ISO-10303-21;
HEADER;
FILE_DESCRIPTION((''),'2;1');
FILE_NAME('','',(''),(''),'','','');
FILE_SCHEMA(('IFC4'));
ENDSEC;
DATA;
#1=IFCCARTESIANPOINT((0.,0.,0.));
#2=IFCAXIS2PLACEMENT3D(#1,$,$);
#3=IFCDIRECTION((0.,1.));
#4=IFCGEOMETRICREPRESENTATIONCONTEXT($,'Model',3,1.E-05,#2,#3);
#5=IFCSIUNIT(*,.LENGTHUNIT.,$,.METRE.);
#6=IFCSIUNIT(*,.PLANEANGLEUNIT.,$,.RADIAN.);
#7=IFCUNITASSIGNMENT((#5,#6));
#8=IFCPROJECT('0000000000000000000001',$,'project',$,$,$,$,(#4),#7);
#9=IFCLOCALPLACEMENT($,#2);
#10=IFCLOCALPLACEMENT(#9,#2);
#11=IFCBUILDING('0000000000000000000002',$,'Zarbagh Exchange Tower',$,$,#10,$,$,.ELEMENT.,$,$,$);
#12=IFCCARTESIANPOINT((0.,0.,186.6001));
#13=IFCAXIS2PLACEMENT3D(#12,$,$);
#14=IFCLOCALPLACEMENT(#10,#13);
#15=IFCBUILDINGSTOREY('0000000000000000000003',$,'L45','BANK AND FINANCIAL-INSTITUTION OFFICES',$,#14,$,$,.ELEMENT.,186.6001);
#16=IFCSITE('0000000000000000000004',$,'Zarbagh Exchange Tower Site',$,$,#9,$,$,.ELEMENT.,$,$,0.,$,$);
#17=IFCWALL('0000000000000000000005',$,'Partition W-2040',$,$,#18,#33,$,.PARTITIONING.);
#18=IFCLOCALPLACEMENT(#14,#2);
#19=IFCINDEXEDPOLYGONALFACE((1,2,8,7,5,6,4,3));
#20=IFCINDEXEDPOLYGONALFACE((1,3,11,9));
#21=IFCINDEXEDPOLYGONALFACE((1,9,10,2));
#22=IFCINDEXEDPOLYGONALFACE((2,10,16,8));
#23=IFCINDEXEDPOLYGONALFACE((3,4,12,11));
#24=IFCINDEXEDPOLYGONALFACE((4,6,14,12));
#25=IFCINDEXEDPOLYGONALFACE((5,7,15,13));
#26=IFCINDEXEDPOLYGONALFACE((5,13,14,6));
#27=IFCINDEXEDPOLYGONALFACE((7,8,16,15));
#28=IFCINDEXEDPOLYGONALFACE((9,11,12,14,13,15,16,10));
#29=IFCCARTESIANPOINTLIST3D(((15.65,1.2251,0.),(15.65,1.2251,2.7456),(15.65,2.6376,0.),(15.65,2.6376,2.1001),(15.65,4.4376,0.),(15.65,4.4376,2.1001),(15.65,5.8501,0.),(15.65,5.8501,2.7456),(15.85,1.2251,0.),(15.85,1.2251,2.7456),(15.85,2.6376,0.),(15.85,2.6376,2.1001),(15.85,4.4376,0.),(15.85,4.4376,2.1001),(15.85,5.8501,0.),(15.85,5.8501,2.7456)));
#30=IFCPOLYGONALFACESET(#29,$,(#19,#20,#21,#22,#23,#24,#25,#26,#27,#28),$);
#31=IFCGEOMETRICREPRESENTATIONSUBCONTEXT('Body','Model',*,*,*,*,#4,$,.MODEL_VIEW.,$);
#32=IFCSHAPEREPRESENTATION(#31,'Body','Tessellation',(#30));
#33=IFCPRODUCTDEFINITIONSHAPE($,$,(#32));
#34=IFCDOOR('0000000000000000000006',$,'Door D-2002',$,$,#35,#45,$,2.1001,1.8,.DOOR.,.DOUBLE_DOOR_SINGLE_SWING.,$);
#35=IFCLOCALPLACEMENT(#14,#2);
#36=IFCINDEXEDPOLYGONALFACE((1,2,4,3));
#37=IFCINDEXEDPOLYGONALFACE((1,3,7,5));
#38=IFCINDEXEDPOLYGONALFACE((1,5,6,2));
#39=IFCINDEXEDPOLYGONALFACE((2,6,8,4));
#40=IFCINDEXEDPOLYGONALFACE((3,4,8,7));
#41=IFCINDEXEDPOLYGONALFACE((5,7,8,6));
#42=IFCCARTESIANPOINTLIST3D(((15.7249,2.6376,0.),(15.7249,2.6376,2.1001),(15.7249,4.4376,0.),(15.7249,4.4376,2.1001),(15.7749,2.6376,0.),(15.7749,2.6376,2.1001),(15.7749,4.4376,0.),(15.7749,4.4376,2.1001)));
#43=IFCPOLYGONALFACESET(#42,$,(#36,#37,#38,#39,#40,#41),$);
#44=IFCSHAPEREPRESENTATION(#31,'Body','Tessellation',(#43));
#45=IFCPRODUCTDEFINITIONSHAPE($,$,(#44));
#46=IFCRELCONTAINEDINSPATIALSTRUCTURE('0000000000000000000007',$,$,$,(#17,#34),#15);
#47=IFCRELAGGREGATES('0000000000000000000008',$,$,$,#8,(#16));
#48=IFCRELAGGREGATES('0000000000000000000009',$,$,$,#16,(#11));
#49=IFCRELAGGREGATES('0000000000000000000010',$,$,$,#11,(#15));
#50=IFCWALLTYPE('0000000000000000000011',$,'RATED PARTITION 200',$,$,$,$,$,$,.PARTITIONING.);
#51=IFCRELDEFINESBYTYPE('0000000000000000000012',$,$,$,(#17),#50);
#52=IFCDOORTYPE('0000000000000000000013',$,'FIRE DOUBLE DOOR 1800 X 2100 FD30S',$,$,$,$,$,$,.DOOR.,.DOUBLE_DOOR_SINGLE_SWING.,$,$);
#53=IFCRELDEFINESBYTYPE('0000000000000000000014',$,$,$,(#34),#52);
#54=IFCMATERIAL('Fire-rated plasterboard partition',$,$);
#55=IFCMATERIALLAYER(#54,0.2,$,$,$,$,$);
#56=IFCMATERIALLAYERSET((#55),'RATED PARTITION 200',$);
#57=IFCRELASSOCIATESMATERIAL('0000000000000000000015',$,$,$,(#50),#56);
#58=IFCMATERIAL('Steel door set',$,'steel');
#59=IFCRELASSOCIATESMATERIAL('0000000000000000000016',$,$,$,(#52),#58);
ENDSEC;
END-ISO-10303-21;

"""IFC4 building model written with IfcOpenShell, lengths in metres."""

from ifc_helpers import new_model, si_unit, direction, frame, frame_2d, origin, place, context, subcontext, project, spatial, rectangle, extrude, material, layer, layer_set, type_object, element, fill, save


model = new_model("IFC4")

# Units and contexts
model_context = context("Model", 3, precision=1e-05, world=origin(), true_north=direction((0.0, 1.0)))
body_context = subcontext(model_context, "Body", "Model", "MODEL_VIEW")
ifc_project = project(units=[si_unit("LENGTHUNIT", "METRE"), si_unit("PLANEANGLEUNIT", "RADIAN")], contexts=[model_context])

# Site, building, storey
site_placement = place(None, origin())
site = spatial("IfcSite", under=ifc_project, at=site_placement, Name="Zarbagh Exchange Tower Site", CompositionType="ELEMENT", RefElevation=0.0)
building_placement = place(site_placement, origin())
building = spatial("IfcBuilding", under=site, at=building_placement, Name="Zarbagh Exchange Tower", CompositionType="ELEMENT")
storey_placement = place(building_placement, frame((0.0, 0.0, 186.6001)))
storey = spatial("IfcBuildingStorey", under=building, at=storey_placement, Name="L45", Description="BANK AND FINANCIAL-INSTITUTION OFFICES", CompositionType="ELEMENT", Elevation=186.6001)

# Shared definitions
ifc_material_1 = material(Name="Fire-rated plasterboard partition")
ifc_layer_1 = layer(ifc_material_1, 0.2)
ifc_layer_set_1 = layer_set([ifc_layer_1], Name="RATED PARTITION 200")
wall_type_1 = type_object("IfcWallType", Name="RATED PARTITION 200", PredefinedType="PARTITIONING", material=ifc_layer_set_1)
ifc_material_2 = material(Name="Steel door set", Category="steel")

# Wall, opening, door
wall_1_placement = place(storey_placement, frame((15.75, 5.8501, 0.0), z_axis=(0.0, 0.0, 1.0), x_axis=(0.0, -1.0, 0.0)))
wall_1 = element("IfcWall", 1, at=wall_1_placement, inside=storey, type_object=wall_type_1, Name="Partition W-2040", PredefinedType="PARTITIONING", context=body_context, shape_type="SweptSolid", body=[
    extrude(rectangle(XDim=4.625, YDim=0.2, at=frame_2d((2.3125, 0.0))), origin(), (0.0, 0.0, 1.0), 2.7456),
])
opening_1_placement = place(wall_1_placement, frame((1.4126, 0.0, 0.0)))
opening_1 = element("IfcOpeningElement", 2, at=opening_1_placement, cuts=wall_1, PredefinedType="OPENING", context=body_context, shape_type="SweptSolid", body=[
    extrude(rectangle(XDim=1.8, YDim=2.1001, at=frame_2d((0.8999, 1.05))), frame((0.0, 0.1099, 0.0), z_axis=(0.0, -1.0, 0.0), x_axis=(1.0, 0.0, 0.0)), (0.0, 0.0, 1.0), 0.22),
])
door_type_1 = type_object("IfcDoorType", Name="FIRE DOUBLE DOOR 1800 X 2100 FD30S", OperationType="DOUBLE_DOOR_SINGLE_SWING", PredefinedType="DOOR", material=ifc_material_2)
door_1_placement = place(opening_1_placement, origin())
door_1 = element("IfcDoor", 3, at=door_1_placement, inside=storey, type_object=door_type_1, Name="Door D-2002", OperationType="DOUBLE_DOOR_SINGLE_SWING", OverallHeight=2.1001, OverallWidth=1.8, PredefinedType="DOOR", context=body_context, shape_type="SweptSolid", body=[
    extrude(rectangle(XDim=1.8, YDim=2.1001, at=frame_2d((0.8999, 1.05))), frame((0.0, 0.0249, 0.0), z_axis=(0.0, -1.0, 0.0), x_axis=(1.0, 0.0, 0.0)), (0.0, 0.0, 1.0), 0.05),
])
fill(opening_1, door_1)

save(model, "model.ifc")
